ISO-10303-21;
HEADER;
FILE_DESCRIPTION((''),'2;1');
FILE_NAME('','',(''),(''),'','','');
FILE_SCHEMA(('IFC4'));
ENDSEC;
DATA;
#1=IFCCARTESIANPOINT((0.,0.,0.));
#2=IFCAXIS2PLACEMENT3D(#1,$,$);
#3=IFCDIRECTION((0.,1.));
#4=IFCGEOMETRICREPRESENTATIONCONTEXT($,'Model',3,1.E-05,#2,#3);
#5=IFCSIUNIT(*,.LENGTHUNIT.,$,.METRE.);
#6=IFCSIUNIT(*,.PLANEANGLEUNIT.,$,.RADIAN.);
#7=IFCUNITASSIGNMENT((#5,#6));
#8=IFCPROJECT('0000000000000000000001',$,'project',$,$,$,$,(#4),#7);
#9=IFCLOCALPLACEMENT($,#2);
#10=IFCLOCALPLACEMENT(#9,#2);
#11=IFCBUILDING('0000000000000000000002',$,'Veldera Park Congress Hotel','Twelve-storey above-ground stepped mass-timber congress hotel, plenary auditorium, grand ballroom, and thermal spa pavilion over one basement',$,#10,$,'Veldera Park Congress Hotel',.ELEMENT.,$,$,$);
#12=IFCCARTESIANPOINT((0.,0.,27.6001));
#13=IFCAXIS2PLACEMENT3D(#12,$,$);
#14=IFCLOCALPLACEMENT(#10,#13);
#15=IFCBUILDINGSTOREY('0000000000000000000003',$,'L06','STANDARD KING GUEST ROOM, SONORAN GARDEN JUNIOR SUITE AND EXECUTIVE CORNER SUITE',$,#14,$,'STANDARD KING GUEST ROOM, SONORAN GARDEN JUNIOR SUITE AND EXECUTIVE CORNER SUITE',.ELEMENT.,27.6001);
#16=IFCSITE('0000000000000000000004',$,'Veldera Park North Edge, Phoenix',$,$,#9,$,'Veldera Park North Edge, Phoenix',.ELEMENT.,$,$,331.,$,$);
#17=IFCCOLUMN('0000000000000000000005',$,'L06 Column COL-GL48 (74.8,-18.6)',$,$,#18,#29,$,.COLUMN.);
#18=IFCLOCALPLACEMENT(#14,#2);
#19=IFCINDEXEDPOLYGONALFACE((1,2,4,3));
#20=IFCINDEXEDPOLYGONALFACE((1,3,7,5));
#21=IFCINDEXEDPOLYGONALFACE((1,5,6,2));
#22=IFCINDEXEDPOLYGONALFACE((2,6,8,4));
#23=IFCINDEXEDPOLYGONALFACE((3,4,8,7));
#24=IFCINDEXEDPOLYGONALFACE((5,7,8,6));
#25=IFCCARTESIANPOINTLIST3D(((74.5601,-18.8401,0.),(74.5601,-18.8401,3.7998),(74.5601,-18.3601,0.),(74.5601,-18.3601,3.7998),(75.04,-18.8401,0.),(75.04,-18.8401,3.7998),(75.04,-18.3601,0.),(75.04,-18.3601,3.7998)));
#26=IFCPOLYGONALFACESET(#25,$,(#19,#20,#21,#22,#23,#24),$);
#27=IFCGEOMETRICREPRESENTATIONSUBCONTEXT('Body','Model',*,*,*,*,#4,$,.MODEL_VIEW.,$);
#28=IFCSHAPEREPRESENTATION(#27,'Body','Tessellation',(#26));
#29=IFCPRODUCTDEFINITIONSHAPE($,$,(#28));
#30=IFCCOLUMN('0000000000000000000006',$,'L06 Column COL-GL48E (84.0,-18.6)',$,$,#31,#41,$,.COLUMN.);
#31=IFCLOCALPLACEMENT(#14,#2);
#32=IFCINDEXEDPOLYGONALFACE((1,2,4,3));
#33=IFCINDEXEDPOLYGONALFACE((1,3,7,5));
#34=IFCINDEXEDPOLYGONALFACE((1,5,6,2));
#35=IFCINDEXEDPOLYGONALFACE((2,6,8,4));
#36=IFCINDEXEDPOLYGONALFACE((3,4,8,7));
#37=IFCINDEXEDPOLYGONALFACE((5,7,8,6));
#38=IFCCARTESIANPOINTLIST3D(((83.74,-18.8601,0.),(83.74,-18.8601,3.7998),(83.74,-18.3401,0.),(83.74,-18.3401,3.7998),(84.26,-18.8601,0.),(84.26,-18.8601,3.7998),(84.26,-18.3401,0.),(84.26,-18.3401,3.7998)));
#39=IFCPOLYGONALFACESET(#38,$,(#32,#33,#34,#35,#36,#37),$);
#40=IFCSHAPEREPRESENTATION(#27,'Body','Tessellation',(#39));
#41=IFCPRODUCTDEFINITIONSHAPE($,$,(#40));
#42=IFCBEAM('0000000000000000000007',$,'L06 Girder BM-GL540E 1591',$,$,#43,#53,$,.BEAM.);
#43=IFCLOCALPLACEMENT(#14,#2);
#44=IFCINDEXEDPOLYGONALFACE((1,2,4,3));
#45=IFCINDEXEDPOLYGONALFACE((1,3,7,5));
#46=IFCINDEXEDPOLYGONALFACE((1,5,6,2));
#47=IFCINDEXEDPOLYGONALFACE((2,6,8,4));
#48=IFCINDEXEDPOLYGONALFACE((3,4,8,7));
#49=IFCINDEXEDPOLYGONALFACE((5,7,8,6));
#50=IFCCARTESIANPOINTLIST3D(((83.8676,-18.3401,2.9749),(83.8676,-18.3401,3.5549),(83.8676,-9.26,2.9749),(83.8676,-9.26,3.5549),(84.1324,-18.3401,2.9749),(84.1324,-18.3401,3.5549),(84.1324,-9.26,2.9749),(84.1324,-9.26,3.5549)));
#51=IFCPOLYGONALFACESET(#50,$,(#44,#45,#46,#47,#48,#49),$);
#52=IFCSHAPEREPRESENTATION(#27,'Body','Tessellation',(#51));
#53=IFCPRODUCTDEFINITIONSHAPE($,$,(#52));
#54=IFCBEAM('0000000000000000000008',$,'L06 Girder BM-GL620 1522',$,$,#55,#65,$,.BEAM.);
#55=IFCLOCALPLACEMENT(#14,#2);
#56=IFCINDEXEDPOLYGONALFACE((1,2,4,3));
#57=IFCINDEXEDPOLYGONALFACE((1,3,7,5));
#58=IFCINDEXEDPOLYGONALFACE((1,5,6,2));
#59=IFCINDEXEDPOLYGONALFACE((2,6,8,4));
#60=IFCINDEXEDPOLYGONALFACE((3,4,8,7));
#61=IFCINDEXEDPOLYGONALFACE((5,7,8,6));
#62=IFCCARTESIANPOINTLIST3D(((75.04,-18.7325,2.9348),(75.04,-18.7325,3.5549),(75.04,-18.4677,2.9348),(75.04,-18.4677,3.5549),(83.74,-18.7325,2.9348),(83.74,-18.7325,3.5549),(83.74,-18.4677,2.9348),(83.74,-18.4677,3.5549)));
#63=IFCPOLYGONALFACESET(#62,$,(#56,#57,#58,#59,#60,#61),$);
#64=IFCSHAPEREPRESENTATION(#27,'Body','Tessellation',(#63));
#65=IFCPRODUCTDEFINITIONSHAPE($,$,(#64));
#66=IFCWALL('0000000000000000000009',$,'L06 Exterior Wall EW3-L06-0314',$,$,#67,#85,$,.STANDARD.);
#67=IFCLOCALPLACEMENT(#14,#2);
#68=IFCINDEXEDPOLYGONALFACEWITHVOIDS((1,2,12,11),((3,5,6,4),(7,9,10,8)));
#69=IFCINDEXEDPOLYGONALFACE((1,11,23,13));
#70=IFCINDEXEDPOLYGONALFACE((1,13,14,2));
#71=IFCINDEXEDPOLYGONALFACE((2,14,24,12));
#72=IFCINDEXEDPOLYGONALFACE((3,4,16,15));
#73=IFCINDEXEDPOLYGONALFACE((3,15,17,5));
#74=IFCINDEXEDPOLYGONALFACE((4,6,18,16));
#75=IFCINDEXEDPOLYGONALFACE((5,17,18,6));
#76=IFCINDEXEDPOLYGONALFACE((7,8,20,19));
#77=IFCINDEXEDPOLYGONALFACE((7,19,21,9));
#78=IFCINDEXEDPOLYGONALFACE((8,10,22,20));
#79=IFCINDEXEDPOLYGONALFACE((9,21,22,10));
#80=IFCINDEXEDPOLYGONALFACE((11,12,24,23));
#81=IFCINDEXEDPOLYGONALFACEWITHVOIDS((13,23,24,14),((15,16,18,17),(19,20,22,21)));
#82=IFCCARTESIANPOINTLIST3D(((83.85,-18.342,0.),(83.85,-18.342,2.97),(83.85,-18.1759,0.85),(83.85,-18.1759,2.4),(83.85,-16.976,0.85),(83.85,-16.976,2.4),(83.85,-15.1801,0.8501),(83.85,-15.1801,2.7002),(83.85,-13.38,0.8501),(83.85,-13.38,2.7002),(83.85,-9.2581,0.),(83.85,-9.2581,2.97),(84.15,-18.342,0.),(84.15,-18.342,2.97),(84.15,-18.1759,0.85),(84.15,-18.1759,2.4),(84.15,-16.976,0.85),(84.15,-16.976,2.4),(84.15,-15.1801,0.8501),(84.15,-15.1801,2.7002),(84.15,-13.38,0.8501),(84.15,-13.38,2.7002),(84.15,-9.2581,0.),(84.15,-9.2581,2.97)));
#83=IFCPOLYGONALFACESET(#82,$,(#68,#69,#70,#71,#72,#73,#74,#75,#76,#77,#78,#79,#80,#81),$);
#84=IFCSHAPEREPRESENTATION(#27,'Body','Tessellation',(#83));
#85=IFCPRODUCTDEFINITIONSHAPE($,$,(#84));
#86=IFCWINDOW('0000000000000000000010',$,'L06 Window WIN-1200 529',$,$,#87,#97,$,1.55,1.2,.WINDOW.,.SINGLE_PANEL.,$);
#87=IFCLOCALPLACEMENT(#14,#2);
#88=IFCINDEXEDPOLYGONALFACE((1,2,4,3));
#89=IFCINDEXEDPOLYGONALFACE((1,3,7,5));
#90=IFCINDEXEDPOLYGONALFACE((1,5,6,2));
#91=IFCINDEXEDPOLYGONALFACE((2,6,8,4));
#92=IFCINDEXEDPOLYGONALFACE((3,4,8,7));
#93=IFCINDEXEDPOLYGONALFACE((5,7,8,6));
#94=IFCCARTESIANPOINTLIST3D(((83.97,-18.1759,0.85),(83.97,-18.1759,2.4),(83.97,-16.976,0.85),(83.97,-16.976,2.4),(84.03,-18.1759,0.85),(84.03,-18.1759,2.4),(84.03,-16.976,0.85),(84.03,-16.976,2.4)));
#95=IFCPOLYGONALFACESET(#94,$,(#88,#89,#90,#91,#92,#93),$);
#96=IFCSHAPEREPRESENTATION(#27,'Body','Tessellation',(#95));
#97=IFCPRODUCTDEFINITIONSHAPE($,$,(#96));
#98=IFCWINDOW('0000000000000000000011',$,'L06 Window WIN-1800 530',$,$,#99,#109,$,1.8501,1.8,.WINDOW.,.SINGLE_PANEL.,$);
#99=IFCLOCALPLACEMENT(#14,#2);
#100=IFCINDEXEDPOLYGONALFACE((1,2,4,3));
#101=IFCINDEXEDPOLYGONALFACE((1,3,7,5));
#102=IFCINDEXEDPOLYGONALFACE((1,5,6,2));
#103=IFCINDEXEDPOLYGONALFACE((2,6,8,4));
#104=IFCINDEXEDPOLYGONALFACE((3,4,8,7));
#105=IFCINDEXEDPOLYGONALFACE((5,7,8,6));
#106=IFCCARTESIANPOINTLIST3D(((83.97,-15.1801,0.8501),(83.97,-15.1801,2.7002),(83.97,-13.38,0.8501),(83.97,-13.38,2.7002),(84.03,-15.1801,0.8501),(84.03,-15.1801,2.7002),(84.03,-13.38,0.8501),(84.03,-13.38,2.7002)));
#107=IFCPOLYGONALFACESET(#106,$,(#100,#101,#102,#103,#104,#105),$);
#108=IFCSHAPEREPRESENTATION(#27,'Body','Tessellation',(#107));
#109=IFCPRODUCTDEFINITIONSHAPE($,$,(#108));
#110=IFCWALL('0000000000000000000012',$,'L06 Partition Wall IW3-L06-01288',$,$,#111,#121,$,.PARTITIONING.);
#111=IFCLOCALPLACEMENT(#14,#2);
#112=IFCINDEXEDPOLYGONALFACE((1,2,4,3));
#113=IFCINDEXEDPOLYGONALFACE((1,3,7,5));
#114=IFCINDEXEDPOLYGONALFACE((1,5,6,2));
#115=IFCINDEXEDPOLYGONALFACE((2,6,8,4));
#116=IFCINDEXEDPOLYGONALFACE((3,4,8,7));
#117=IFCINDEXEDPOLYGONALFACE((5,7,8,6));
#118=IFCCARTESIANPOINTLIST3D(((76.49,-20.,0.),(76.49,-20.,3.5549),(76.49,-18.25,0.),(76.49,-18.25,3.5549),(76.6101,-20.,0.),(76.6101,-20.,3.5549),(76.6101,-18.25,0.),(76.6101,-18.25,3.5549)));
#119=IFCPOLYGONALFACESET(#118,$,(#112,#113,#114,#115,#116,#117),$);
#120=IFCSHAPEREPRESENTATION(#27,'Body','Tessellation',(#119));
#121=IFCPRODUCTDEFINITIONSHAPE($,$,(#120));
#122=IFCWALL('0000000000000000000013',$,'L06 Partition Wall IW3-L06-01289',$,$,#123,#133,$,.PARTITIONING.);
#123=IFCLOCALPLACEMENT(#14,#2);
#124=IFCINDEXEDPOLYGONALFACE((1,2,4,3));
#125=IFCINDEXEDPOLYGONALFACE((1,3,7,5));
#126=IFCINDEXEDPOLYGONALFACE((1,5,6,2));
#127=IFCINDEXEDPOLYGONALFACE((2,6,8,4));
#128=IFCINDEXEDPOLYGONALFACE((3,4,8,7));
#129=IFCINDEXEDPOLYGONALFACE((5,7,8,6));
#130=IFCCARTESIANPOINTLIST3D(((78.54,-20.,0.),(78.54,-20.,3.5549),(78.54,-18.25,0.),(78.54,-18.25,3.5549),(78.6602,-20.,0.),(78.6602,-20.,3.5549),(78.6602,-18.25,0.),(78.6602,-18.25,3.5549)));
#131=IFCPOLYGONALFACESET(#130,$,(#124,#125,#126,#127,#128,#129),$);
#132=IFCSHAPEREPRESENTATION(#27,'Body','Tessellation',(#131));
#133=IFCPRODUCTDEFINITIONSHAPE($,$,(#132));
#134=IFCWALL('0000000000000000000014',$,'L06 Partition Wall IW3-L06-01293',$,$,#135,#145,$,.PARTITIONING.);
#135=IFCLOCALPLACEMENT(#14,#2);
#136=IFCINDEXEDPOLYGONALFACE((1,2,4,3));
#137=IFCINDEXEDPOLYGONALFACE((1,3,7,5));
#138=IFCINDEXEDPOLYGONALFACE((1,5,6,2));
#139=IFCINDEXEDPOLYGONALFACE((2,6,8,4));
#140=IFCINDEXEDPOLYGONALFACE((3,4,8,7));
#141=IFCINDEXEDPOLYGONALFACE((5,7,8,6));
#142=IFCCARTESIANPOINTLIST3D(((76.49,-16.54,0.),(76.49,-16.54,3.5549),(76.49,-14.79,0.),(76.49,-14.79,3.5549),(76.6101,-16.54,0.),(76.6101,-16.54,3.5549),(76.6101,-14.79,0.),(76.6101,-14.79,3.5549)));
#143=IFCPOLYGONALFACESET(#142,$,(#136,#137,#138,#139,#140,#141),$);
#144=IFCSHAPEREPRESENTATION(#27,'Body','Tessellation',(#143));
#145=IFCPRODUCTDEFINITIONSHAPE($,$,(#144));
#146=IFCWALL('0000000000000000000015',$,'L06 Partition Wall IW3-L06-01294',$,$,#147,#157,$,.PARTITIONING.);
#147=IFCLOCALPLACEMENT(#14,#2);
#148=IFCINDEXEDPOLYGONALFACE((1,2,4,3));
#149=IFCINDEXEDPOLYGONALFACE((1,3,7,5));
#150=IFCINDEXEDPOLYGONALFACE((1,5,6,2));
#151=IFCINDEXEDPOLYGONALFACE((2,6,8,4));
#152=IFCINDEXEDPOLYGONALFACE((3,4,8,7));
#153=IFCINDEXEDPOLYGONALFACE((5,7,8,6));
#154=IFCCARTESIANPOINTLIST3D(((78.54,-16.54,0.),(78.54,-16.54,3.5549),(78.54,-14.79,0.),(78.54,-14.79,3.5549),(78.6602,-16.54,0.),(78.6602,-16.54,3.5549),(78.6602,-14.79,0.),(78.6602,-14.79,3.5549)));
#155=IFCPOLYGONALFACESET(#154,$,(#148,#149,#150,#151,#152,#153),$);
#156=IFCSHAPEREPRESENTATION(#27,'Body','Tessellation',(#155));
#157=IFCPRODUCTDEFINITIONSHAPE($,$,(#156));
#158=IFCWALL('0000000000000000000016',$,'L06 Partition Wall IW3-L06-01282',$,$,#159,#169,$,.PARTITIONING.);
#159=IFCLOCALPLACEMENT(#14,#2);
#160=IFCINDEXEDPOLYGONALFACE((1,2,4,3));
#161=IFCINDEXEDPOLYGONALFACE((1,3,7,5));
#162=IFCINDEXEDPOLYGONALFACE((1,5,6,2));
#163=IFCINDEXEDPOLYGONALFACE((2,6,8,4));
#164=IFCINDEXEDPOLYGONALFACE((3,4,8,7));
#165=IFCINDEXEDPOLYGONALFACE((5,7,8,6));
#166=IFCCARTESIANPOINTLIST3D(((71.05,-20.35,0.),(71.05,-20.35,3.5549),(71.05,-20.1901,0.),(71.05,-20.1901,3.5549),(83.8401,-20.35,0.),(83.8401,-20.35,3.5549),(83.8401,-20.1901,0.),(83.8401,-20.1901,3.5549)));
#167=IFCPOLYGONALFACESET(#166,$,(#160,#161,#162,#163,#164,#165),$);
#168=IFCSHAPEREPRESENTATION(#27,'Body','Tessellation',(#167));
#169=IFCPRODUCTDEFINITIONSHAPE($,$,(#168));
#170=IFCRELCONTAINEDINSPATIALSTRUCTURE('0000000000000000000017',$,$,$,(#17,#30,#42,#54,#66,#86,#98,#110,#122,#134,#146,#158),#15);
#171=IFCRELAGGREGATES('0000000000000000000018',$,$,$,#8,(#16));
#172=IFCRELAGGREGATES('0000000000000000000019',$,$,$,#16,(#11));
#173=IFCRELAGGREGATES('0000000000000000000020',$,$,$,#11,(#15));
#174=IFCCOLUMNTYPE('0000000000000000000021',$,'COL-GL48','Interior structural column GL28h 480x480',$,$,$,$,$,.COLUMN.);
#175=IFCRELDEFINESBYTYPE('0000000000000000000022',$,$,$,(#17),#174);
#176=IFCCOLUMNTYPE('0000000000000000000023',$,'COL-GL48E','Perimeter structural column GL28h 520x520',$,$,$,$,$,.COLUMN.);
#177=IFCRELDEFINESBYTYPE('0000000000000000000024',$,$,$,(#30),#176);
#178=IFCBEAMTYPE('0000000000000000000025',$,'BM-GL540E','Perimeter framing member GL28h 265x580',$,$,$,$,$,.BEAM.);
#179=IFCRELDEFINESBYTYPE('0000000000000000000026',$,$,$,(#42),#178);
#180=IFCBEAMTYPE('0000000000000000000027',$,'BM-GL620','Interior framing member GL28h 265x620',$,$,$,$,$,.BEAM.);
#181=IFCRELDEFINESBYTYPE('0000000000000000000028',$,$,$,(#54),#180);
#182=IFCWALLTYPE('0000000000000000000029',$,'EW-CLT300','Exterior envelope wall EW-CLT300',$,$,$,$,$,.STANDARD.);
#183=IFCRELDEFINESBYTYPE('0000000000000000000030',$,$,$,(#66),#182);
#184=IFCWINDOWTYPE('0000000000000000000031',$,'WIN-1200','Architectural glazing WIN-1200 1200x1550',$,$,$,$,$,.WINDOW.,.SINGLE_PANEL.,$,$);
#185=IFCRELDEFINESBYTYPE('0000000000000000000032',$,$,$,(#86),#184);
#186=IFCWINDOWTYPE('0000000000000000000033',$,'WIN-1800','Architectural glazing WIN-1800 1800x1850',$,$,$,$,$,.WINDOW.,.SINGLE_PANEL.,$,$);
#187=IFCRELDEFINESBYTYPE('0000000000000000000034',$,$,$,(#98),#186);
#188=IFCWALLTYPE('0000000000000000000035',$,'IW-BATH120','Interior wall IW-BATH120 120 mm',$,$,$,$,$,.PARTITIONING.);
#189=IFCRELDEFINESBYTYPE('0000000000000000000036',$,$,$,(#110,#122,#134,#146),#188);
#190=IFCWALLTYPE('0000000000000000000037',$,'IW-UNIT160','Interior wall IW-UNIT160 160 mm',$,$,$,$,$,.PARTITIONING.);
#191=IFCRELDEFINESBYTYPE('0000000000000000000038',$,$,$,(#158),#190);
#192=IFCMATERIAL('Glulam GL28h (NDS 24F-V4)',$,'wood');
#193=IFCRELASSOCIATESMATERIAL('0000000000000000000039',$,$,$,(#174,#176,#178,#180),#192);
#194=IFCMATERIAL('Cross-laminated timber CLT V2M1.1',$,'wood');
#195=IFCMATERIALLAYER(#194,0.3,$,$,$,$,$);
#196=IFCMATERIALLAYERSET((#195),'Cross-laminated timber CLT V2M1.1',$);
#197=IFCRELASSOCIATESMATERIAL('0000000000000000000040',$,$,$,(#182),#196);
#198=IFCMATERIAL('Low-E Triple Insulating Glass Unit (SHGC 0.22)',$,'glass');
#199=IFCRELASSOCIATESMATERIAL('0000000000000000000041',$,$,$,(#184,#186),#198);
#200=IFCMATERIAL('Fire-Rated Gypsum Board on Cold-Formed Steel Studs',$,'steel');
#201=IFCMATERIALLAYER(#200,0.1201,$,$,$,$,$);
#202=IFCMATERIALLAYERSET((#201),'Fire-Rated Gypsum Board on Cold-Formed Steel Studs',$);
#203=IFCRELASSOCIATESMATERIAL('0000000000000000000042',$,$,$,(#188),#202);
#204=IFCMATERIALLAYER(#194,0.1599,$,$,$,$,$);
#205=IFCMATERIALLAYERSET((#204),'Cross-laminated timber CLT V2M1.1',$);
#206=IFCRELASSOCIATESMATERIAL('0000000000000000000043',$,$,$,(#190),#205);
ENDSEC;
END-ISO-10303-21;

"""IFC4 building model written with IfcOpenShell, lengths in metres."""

from ifc_helpers import new_model, si_unit, direction, frame, frame_2d, origin, origin_2d, place, context, subcontext, project, spatial, rectangle, extrude, material, layer, layer_set, material_profile, profile_set, type_object, element, fill, save


model = new_model("IFC4")

# Units and contexts
model_context = context("Model", 3, precision=1e-05, world=origin(), true_north=direction((0.0, 1.0)))
body_context = subcontext(model_context, "Body", "Model", "MODEL_VIEW")
ifc_project = project(units=[si_unit("LENGTHUNIT", "METRE"), si_unit("PLANEANGLEUNIT", "RADIAN")], contexts=[model_context])

# Site, building, storey
site_placement = place(None, origin())
site = spatial("IfcSite", under=ifc_project, at=site_placement, Name="Veldera Park North Edge, Phoenix", LongName="Veldera Park North Edge, Phoenix", CompositionType="ELEMENT", RefElevation=331.0)
building_placement = place(site_placement, origin())
building = spatial("IfcBuilding", under=site, at=building_placement, Name="Veldera Park Congress Hotel", Description="Twelve-storey above-ground stepped mass-timber congress hotel, plenary auditorium, grand ballroom, and thermal spa pavilion over one basement", LongName="Veldera Park Congress Hotel", CompositionType="ELEMENT")
storey_placement = place(building_placement, frame((0.0, 0.0, 27.6001)))
storey = spatial("IfcBuildingStorey", under=building, at=storey_placement, Name="L06", Description="STANDARD KING GUEST ROOM, SONORAN GARDEN JUNIOR SUITE AND EXECUTIVE CORNER SUITE", LongName="STANDARD KING GUEST ROOM, SONORAN GARDEN JUNIOR SUITE AND EXECUTIVE CORNER SUITE", CompositionType="ELEMENT", Elevation=27.6001)

# Columns
ifc_material_1 = material(Name="Glulam GL28h (NDS 24F-V4)", Category="wood")
ifc_material_profile_1 = material_profile(ifc_material_1, rectangle(XDim=0.48, YDim=0.48, at=origin_2d()), Name="GL28h 480x480")
ifc_profile_set_1 = profile_set([ifc_material_profile_1], Name="Glulam GL28h (NDS 24F-V4)")
column_type_1 = type_object("IfcColumnType", Name="COL-GL48", Description="Interior structural column GL28h 480x480", PredefinedType="COLUMN", material=ifc_profile_set_1)
column_1_placement = place(storey_placement, frame((74.8, -18.6001, 0.0), z_axis=(0.0, 0.0, 1.0), x_axis=(1.0, 0.0, 0.0)))
element("IfcColumn", 1, at=column_1_placement, inside=storey, type_object=column_type_1, Name="L06 Column COL-GL48 (74.8,-18.6)", PredefinedType="COLUMN", context=body_context, shape_type="SweptSolid", body=[
    extrude(rectangle(XDim=0.48, YDim=0.48, at=origin_2d()), origin(), (0.0, 0.0, 1.0), 3.7998),
])
ifc_material_profile_2 = material_profile(ifc_material_1, rectangle(XDim=0.52, YDim=0.52, at=origin_2d()), Name="GL28h 520x520")
ifc_profile_set_2 = profile_set([ifc_material_profile_2], Name="Glulam GL28h (NDS 24F-V4)")
column_type_2 = type_object("IfcColumnType", Name="COL-GL48E", Description="Perimeter structural column GL28h 520x520", PredefinedType="COLUMN", material=ifc_profile_set_2)
column_2_placement = place(storey_placement, frame((84.0, -18.6001, 0.0), z_axis=(0.0, 0.0, 1.0), x_axis=(1.0, 0.0, 0.0)))
element("IfcColumn", 2, at=column_2_placement, inside=storey, type_object=column_type_2, Name="L06 Column COL-GL48E (84.0,-18.6)", PredefinedType="COLUMN", context=body_context, shape_type="SweptSolid", body=[
    extrude(rectangle(XDim=0.52, YDim=0.52, at=origin_2d()), origin(), (0.0, 0.0, 1.0), 3.7998),
])

# Beams
ifc_material_profile_3 = material_profile(ifc_material_1, rectangle(XDim=0.2649, YDim=0.5801, at=origin_2d()), Name="GL28h 265x580")
ifc_profile_set_3 = profile_set([ifc_material_profile_3], Name="Glulam GL28h (NDS 24F-V4)")
beam_type_1 = type_object("IfcBeamType", Name="BM-GL540E", Description="Perimeter framing member GL28h 265x580", PredefinedType="BEAM", material=ifc_profile_set_3)
beam_1_placement = place(storey_placement, frame((84.0, -18.3401, 3.2649), z_axis=(0.0, 1.0, 0.0), x_axis=(-1.0, 0.0, 0.0)))
element("IfcBeam", 3, at=beam_1_placement, inside=storey, type_object=beam_type_1, Name="L06 Girder BM-GL540E 1591", PredefinedType="BEAM", context=body_context, shape_type="SweptSolid", body=[
    extrude(rectangle(XDim=0.2649, YDim=0.5801, at=origin_2d()), origin(), (0.0, 0.0, 1.0), 9.0801),
])
ifc_material_profile_4 = material_profile(ifc_material_1, rectangle(XDim=0.2649, YDim=0.6201, at=origin_2d()), Name="GL28h 265x620")
ifc_profile_set_4 = profile_set([ifc_material_profile_4], Name="Glulam GL28h (NDS 24F-V4)")
beam_type_2 = type_object("IfcBeamType", Name="BM-GL620", Description="Interior framing member GL28h 265x620", PredefinedType="BEAM", material=ifc_profile_set_4)
beam_2_placement = place(storey_placement, frame((75.04, -18.6001, 3.2449), z_axis=(1.0, 0.0, 0.0), x_axis=(0.0, 1.0, 0.0)))
element("IfcBeam", 4, at=beam_2_placement, inside=storey, type_object=beam_type_2, Name="L06 Girder BM-GL620 1522", PredefinedType="BEAM", context=body_context, shape_type="SweptSolid", body=[
    extrude(rectangle(XDim=0.2649, YDim=0.6201, at=origin_2d()), origin(), (0.0, 0.0, 1.0), 8.7),
])

# Wall, openings, windows
ifc_material_2 = material(Name="Cross-laminated timber CLT V2M1.1", Category="wood")
ifc_layer_1 = layer(ifc_material_2, 0.3)
ifc_layer_set_1 = layer_set([ifc_layer_1], Name="Cross-laminated timber CLT V2M1.1")
wall_type_1 = type_object("IfcWallType", Name="EW-CLT300", Description="Exterior envelope wall EW-CLT300", PredefinedType="STANDARD", material=ifc_layer_set_1)
wall_1_placement = place(storey_placement, frame((84.0, -18.342, 0.0), z_axis=(0.0, 0.0, 1.0), x_axis=(0.0, 1.0, 0.0)))
wall_1 = element("IfcWall", 5, at=wall_1_placement, inside=storey, type_object=wall_type_1, Name="L06 Exterior Wall EW3-L06-0314", PredefinedType="STANDARD", context=body_context, shape_type="SweptSolid", body=[
    extrude(rectangle(XDim=9.084, YDim=0.3, at=frame_2d((4.542, 0.0))), origin(), (0.0, 0.0, 1.0), 2.97),
])
opening_1_placement = place(wall_1_placement, frame((0.166, 0.0, 0.8501)))
opening_1 = element("IfcOpeningElement", 6, at=opening_1_placement, cuts=wall_1, PredefinedType="OPENING", context=body_context, shape_type="SweptSolid", body=[
    extrude(rectangle(XDim=1.2, YDim=1.55, at=frame_2d((0.6001, 0.7749))), frame((0.0, 0.1621, 0.0), z_axis=(0.0, -1.0, 0.0), x_axis=(1.0, 0.0, 0.0)), (0.0, 0.0, 1.0), 0.324),
])
opening_2_placement = place(wall_1_placement, frame((3.1621, 0.0, 0.8501)))
opening_2 = element("IfcOpeningElement", 7, at=opening_2_placement, cuts=wall_1, PredefinedType="OPENING", context=body_context, shape_type="SweptSolid", body=[
    extrude(rectangle(XDim=1.8, YDim=1.8501, at=frame_2d((0.8999, 0.925))), frame((0.0, 0.1621, 0.0), z_axis=(0.0, -1.0, 0.0), x_axis=(1.0, 0.0, 0.0)), (0.0, 0.0, 1.0), 0.324),
])
ifc_material_3 = material(Name="Low-E Triple Insulating Glass Unit (SHGC 0.22)", Category="glass")
window_type_1 = type_object("IfcWindowType", Name="WIN-1200", Description="Architectural glazing WIN-1200 1200x1550", PartitioningType="SINGLE_PANEL", PredefinedType="WINDOW", material=ifc_material_3)
window_1_placement = place(opening_1_placement, origin())
window_1 = element("IfcWindow", 8, at=window_1_placement, inside=storey, type_object=window_type_1, Name="L06 Window WIN-1200 529", OverallHeight=1.55, OverallWidth=1.2, PartitioningType="SINGLE_PANEL", PredefinedType="WINDOW", context=body_context, shape_type="SweptSolid", body=[
    extrude(rectangle(XDim=1.2, YDim=1.55, at=frame_2d((0.6001, 0.7749))), frame((0.0, 0.03, 0.0), z_axis=(0.0, -1.0, 0.0), x_axis=(1.0, 0.0, 0.0)), (0.0, 0.0, 1.0), 0.0601),
])
fill(opening_1, window_1)
window_type_2 = type_object("IfcWindowType", Name="WIN-1800", Description="Architectural glazing WIN-1800 1800x1850", PartitioningType="SINGLE_PANEL", PredefinedType="WINDOW", material=ifc_material_3)
window_2_placement = place(opening_2_placement, origin())
window_2 = element("IfcWindow", 9, at=window_2_placement, inside=storey, type_object=window_type_2, Name="L06 Window WIN-1800 530", OverallHeight=1.8501, OverallWidth=1.8, PartitioningType="SINGLE_PANEL", PredefinedType="WINDOW", context=body_context, shape_type="SweptSolid", body=[
    extrude(rectangle(XDim=1.8, YDim=1.8501, at=frame_2d((0.8999, 0.925))), frame((0.0, 0.03, 0.0), z_axis=(0.0, -1.0, 0.0), x_axis=(1.0, 0.0, 0.0)), (0.0, 0.0, 1.0), 0.0601),
])
fill(opening_2, window_2)

# Walls
ifc_material_4 = material(Name="Fire-Rated Gypsum Board on Cold-Formed Steel Studs", Category="steel")
ifc_layer_2 = layer(ifc_material_4, 0.1201)
ifc_layer_set_2 = layer_set([ifc_layer_2], Name="Fire-Rated Gypsum Board on Cold-Formed Steel Studs")
wall_type_2 = type_object("IfcWallType", Name="IW-BATH120", Description="Interior wall IW-BATH120 120 mm", PredefinedType="PARTITIONING", material=ifc_layer_set_2)
for number, where, z_axis, x_axis, name in (
    (10, (76.55, -20.0, 0.0), (0.0, 0.0, 1.0), (0.0, 1.0, 0.0), "L06 Partition Wall IW3-L06-01288"),
    (11, (78.6001, -20.0, 0.0), (0.0, 0.0, 1.0), (0.0, 1.0, 0.0), "L06 Partition Wall IW3-L06-01289"),
):
    element("IfcWall", number, at=place(storey_placement, frame(where, z_axis=z_axis, x_axis=x_axis)), inside=storey, type_object=wall_type_2, Name=name, PredefinedType="PARTITIONING", context=body_context, shape_type="SweptSolid", body=[
        extrude(rectangle(XDim=1.75, YDim=0.1201, at=frame_2d((0.875, 0.0))), origin(), (0.0, 0.0, 1.0), 3.5549),
    ])

# Walls
for number, where, z_axis, x_axis, name in (
    (12, (76.55, -16.54, 0.0), (0.0, 0.0, 1.0), (0.0, 1.0, 0.0), "L06 Partition Wall IW3-L06-01293"),
    (13, (78.6001, -16.54, 0.0), (0.0, 0.0, 1.0), (0.0, 1.0, 0.0), "L06 Partition Wall IW3-L06-01294"),
):
    element("IfcWall", number, at=place(storey_placement, frame(where, z_axis=z_axis, x_axis=x_axis)), inside=storey, type_object=wall_type_2, Name=name, PredefinedType="PARTITIONING", context=body_context, shape_type="SweptSolid", body=[
        extrude(rectangle(XDim=1.75, YDim=0.1201, at=frame_2d((0.875, 0.0))), origin(), (0.0, 0.0, 1.0), 3.5549),
    ])

# Wall
ifc_layer_3 = layer(ifc_material_2, 0.1599)
ifc_layer_set_3 = layer_set([ifc_layer_3], Name="Cross-laminated timber CLT V2M1.1")
wall_type_3 = type_object("IfcWallType", Name="IW-UNIT160", Description="Interior wall IW-UNIT160 160 mm", PredefinedType="PARTITIONING", material=ifc_layer_set_3)
for number, where, z_axis, x_axis, name in (
    (14, (71.05, -20.27, 0.0), (0.0, 0.0, 1.0), (1.0, 0.0, 0.0), "L06 Partition Wall IW3-L06-01282"),
):
    element("IfcWall", number, at=place(storey_placement, frame(where, z_axis=z_axis, x_axis=x_axis)), inside=storey, type_object=wall_type_3, Name=name, PredefinedType="PARTITIONING", context=body_context, shape_type="SweptSolid", body=[
        extrude(rectangle(XDim=12.79, YDim=0.1599, at=frame_2d((6.395, 0.0))), origin(), (0.0, 0.0, 1.0), 3.5549),
    ])

save(model, "model.ifc")
